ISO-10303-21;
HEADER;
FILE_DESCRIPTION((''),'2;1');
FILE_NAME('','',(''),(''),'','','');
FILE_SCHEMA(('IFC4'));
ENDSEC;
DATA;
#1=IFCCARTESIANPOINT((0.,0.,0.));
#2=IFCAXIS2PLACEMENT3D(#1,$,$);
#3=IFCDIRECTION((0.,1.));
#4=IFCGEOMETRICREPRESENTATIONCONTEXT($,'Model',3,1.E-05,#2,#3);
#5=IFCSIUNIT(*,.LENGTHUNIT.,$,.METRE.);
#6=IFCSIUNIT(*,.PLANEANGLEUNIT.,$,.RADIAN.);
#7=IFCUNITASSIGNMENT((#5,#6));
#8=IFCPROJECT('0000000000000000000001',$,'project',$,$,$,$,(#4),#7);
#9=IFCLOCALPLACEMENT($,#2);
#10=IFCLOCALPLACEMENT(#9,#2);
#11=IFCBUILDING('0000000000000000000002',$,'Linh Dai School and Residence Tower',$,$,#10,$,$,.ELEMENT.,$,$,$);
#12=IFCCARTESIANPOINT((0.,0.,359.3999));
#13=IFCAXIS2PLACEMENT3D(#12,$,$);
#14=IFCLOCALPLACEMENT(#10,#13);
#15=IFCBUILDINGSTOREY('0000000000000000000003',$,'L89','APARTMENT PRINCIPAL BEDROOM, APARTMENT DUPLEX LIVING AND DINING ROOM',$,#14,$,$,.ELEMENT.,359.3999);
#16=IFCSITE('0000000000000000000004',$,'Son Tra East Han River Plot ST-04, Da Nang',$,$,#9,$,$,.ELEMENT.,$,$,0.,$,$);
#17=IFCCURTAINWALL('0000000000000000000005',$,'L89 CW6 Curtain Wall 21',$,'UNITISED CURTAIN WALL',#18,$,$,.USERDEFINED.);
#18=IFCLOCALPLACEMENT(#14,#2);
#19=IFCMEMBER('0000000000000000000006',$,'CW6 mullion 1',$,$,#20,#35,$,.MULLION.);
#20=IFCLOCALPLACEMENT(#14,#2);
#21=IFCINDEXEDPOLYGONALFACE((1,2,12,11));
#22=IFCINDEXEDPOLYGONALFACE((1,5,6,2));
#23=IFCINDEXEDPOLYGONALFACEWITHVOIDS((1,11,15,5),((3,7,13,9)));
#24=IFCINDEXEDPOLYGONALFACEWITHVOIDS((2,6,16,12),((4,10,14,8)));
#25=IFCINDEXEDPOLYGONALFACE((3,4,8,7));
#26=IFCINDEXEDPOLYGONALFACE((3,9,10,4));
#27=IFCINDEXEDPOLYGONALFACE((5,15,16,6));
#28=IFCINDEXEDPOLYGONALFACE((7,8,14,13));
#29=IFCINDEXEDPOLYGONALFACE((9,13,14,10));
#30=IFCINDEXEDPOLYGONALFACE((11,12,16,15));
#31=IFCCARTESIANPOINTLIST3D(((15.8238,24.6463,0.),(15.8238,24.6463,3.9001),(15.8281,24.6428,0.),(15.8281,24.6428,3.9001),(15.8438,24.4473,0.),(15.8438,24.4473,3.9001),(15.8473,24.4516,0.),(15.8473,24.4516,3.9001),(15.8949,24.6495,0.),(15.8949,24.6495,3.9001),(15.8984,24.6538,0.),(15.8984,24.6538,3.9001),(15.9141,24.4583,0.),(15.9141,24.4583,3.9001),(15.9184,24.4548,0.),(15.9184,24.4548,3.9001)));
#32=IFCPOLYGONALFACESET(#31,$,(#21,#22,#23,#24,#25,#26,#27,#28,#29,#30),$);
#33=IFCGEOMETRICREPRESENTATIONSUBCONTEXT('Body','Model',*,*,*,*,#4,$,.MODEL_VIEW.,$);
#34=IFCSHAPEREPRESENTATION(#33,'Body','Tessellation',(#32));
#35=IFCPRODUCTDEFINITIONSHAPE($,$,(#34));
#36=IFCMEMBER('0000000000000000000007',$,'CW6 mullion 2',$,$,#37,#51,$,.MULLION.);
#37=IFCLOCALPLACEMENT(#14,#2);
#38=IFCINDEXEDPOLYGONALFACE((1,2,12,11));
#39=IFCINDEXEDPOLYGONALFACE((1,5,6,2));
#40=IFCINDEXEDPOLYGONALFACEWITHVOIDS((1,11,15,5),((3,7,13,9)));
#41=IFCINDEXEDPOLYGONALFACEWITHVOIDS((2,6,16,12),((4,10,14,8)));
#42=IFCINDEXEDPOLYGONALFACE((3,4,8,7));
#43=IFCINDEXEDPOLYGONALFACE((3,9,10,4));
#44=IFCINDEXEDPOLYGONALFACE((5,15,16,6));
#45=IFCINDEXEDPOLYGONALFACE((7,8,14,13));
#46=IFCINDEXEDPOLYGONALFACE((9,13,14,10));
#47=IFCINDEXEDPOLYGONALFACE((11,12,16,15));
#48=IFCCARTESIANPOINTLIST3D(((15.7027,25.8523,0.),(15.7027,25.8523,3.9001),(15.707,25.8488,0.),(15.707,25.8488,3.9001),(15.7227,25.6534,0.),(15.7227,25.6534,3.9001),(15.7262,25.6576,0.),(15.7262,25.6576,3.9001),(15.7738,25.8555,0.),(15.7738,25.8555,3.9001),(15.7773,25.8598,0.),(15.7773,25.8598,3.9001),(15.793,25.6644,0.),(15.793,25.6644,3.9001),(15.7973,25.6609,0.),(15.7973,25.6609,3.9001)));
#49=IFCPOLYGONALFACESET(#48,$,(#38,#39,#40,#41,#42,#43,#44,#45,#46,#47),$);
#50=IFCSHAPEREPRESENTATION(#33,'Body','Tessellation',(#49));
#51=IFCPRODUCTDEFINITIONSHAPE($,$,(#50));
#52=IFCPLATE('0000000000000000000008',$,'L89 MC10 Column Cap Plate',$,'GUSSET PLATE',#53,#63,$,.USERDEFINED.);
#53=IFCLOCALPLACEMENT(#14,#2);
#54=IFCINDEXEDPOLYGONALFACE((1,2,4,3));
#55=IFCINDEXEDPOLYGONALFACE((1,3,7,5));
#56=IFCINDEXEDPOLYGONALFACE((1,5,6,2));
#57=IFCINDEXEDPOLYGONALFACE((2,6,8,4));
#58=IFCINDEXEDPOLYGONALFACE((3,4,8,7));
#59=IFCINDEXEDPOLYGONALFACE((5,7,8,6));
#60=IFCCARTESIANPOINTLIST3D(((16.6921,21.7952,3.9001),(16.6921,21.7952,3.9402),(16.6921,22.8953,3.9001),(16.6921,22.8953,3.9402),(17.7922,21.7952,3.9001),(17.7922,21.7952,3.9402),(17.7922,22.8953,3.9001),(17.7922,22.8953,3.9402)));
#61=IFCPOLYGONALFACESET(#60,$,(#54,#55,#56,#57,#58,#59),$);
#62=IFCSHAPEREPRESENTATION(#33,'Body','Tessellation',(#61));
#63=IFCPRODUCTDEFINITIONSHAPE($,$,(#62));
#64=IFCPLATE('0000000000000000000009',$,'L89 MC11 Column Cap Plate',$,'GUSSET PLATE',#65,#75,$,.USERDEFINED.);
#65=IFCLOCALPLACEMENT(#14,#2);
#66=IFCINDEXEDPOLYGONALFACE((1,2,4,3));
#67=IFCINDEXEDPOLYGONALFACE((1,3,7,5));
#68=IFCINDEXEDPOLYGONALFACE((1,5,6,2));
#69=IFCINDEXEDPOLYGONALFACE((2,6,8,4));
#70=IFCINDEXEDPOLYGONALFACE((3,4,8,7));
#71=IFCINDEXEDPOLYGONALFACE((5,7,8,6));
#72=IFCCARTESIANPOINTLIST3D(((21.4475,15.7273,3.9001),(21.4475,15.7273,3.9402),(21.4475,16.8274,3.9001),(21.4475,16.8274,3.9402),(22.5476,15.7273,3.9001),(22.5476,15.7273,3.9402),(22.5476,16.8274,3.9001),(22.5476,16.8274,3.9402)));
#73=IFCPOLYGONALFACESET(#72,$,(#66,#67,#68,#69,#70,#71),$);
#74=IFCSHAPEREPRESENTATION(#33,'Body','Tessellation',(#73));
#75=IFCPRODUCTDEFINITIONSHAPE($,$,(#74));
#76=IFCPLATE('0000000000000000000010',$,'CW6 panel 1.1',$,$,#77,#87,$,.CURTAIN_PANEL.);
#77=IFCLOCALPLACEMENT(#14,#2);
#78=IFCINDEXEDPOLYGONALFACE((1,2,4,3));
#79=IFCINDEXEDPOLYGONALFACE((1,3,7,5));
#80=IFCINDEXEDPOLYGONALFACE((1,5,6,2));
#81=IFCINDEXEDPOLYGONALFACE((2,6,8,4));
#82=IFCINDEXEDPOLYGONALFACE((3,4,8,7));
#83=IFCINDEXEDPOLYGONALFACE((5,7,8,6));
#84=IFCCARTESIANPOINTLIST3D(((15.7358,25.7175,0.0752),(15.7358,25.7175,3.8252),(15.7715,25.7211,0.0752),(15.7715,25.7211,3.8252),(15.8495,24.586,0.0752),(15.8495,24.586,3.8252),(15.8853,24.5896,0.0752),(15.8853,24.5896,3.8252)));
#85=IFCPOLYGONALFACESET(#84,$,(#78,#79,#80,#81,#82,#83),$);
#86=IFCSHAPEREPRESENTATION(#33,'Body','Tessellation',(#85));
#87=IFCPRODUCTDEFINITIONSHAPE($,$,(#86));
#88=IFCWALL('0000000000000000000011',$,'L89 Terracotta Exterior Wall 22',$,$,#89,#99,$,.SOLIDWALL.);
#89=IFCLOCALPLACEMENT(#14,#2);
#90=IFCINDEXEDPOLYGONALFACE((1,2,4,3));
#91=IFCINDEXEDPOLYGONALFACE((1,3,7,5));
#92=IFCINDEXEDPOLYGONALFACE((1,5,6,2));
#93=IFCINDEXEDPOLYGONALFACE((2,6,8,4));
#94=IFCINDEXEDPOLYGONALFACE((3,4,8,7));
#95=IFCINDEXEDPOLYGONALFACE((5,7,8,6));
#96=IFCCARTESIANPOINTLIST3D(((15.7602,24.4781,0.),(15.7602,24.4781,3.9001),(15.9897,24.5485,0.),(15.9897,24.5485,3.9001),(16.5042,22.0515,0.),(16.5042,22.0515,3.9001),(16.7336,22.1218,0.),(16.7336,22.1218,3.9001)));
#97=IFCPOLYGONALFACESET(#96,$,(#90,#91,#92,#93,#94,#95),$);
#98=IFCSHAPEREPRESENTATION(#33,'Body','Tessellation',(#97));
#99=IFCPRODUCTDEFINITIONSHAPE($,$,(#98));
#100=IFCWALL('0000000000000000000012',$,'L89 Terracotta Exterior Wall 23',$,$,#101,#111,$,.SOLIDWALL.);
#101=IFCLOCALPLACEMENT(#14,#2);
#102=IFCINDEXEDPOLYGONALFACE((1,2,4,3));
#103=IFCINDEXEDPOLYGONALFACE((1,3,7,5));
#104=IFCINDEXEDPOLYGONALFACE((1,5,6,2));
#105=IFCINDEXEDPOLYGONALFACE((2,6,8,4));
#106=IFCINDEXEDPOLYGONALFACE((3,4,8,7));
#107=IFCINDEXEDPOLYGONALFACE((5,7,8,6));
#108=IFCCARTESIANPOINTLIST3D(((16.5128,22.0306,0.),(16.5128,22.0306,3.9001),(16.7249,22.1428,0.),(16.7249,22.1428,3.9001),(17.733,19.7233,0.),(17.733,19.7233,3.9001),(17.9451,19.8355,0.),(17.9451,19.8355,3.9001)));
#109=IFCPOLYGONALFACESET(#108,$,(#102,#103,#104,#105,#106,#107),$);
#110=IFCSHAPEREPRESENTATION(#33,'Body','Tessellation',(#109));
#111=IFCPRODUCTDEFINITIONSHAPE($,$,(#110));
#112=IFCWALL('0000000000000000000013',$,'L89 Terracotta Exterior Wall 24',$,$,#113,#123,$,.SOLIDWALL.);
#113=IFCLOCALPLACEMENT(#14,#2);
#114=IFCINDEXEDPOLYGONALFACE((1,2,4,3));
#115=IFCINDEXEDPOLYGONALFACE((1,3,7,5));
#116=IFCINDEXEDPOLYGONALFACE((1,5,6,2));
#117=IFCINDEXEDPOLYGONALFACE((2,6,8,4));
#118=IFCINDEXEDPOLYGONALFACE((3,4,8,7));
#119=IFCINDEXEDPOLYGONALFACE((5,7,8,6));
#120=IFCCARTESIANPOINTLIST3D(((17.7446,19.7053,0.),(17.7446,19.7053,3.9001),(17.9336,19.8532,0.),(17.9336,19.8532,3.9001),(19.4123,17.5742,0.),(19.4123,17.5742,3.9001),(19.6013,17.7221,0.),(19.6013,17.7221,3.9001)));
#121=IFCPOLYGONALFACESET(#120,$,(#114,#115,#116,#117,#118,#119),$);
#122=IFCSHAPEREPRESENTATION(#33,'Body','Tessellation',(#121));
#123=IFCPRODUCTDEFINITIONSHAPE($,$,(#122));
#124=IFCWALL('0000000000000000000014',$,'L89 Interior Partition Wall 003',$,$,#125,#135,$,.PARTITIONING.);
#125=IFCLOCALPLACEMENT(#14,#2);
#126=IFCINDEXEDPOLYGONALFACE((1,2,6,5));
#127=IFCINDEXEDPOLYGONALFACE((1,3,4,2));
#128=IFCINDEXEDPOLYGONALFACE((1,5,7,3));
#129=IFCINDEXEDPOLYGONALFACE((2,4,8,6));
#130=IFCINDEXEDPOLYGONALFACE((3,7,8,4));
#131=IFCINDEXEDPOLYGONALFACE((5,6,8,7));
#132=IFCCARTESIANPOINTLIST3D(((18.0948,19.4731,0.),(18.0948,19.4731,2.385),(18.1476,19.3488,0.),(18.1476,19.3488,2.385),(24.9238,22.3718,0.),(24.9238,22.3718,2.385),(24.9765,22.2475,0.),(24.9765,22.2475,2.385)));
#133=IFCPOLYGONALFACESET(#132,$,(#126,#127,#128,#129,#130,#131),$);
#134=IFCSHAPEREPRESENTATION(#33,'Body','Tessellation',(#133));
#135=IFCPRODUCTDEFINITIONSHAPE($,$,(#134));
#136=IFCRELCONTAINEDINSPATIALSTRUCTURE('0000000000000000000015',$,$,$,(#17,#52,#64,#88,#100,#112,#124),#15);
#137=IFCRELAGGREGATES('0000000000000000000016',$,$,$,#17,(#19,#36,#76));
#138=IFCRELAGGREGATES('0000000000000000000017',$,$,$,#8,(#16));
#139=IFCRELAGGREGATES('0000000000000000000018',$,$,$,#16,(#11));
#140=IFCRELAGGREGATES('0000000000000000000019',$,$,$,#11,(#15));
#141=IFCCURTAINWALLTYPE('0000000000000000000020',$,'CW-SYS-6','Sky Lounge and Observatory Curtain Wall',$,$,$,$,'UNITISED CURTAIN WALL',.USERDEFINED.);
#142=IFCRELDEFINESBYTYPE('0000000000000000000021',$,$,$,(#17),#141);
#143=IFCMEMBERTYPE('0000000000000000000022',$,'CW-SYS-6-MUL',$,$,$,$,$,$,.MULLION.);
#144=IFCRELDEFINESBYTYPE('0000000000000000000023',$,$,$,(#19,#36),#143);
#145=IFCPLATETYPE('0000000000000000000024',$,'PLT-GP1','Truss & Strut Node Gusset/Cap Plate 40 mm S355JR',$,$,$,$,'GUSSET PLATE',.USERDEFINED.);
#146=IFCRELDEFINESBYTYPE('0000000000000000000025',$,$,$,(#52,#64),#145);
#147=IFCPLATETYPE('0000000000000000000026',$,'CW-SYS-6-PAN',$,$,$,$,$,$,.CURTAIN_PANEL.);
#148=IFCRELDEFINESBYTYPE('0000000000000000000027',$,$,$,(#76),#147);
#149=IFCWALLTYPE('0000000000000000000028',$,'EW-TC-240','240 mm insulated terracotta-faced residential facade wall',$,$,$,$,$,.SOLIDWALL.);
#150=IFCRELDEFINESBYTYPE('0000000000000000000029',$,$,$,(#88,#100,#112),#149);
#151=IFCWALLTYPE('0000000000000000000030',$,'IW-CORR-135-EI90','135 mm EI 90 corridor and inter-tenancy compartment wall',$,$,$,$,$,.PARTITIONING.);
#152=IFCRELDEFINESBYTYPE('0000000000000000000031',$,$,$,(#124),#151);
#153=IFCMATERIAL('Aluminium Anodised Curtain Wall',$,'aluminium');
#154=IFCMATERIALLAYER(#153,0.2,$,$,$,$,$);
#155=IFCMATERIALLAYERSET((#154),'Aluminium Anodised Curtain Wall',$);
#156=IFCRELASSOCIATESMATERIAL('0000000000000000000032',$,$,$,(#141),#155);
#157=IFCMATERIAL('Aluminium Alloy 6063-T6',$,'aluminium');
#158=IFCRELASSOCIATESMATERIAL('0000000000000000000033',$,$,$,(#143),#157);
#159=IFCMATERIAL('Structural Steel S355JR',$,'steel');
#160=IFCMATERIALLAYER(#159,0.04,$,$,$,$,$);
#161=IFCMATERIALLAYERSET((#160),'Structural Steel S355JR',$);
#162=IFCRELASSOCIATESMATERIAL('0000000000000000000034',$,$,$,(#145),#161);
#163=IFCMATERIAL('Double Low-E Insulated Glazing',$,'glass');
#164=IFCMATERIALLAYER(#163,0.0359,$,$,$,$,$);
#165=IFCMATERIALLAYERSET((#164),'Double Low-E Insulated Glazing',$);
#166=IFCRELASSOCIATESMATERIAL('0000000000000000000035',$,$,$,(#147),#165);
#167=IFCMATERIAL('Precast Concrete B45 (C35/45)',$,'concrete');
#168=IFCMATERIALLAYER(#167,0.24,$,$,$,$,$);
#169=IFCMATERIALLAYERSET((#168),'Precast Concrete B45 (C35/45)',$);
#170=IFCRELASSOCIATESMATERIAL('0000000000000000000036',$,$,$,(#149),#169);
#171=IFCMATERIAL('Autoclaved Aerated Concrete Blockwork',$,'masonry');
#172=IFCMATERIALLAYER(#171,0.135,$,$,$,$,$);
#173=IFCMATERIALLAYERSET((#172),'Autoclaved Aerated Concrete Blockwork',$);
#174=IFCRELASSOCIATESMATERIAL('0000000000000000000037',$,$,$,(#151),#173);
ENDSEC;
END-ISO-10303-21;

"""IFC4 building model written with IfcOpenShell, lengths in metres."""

from ifc_helpers import new_model, si_unit, direction, frame, frame_2d, origin, origin_2d, place, context, subcontext, project, spatial, rectangle, hollow_rectangle, extrude, source, transform, mapped, material, layer, layer_set, material_profile, profile_set, type_object, element, aggregate, save


model = new_model("IFC4")

# Units and contexts
model_context = context("Model", 3, precision=1e-05, world=origin(), true_north=direction((0.0, 1.0)))
body_context = subcontext(model_context, "Body", "Model", "MODEL_VIEW")
ifc_project = project(units=[si_unit("LENGTHUNIT", "METRE"), si_unit("PLANEANGLEUNIT", "RADIAN")], contexts=[model_context])

# Site, building, storey
site_placement = place(None, origin())
site = spatial("IfcSite", under=ifc_project, at=site_placement, Name="Son Tra East Han River Plot ST-04, Da Nang", CompositionType="ELEMENT", RefElevation=0.0)
building_placement = place(site_placement, origin())
building = spatial("IfcBuilding", under=site, at=building_placement, Name="Linh Dai School and Residence Tower", CompositionType="ELEMENT")
storey_placement = place(building_placement, frame((0.0, 0.0, 359.3999)))
storey = spatial("IfcBuildingStorey", under=building, at=storey_placement, Name="L89", Description="APARTMENT PRINCIPAL BEDROOM, APARTMENT DUPLEX LIVING AND DINING ROOM", CompositionType="ELEMENT", Elevation=359.3999)

# Shared definitions
ifc_material_1 = material(Name="Structural Steel S355JR", Category="steel")

# Curtain wall, members
ifc_material_2 = material(Name="Aluminium Anodised Curtain Wall", Category="aluminium")
ifc_layer_1 = layer(ifc_material_2, 0.2)
ifc_layer_set_1 = layer_set([ifc_layer_1], Name="Aluminium Anodised Curtain Wall")
curtain_wall_type = type_object("IfcCurtainWallType", Name="CW-SYS-6", Description="Sky Lounge and Observatory Curtain Wall", ElementType="UNITISED CURTAIN WALL", PredefinedType="USERDEFINED", material=ifc_layer_set_1)
curtain_wall_placement = place(storey_placement, origin())
curtain_wall = element("IfcCurtainWall", 1, at=curtain_wall_placement, inside=storey, type_object=curtain_wall_type, Name="L89 CW6 Curtain Wall 21", ObjectType="UNITISED CURTAIN WALL", PredefinedType="USERDEFINED")
ifc_material_3 = material(Name="Aluminium Alloy 6063-T6", Category="aluminium")
ifc_material_profile_1 = material_profile(ifc_material_3, hollow_rectangle(XDim=0.075, YDim=0.2, WallThickness=0.0039, at=origin_2d()), Name="RHS 200x75x4")
ifc_profile_set_1 = profile_set([ifc_material_profile_1], Name="Aluminium Alloy 6063-T6")
member_type_1 = type_object("IfcMemberType", Name="CW-SYS-6-MUL", PredefinedType="MULLION", material=ifc_profile_set_1)
shared_shape_1 = source(origin(), body_context, "Body", "SweptSolid", [
    extrude(hollow_rectangle(XDim=0.075, YDim=0.2, WallThickness=0.0039, at=origin_2d()), origin(), (0.0, 0.0, 1.0), 3.9001),
])
member_1_placement = place(storey_placement, frame((15.8711, 24.5505, 0.0), z_axis=(0.0, 0.0, 1.0), x_axis=(-0.994988, -0.099992, 0.0)))
member_1 = element("IfcMember", 2, at=member_1_placement, type_object=member_type_1, Name="CW6 mullion 1", PredefinedType="MULLION", context=body_context, shape_type="MappedRepresentation", body=[
    mapped(shared_shape_1, transform((0.0, 0.0, 0.0), x_axis=(1.0, 0.0, 0.0), y_axis=(0.0, 1.0, 0.0), z_axis=(0.0, 0.0, 1.0), scale=1.0)),
])
member_2_placement = place(storey_placement, frame((15.75, 25.7566, 0.0), z_axis=(0.0, 0.0, 1.0), x_axis=(-0.994988, -0.099992, 0.0)))
member_2 = element("IfcMember", 3, at=member_2_placement, type_object=member_type_1, Name="CW6 mullion 2", PredefinedType="MULLION", context=body_context, shape_type="MappedRepresentation", body=[
    mapped(shared_shape_1, transform((0.0, 0.0, 0.0), x_axis=(1.0, 0.0, 0.0), y_axis=(0.0, 1.0, 0.0), z_axis=(0.0, 0.0, 1.0), scale=1.0)),
])

# Plates
ifc_layer_2 = layer(ifc_material_1, 0.04)
ifc_layer_set_2 = layer_set([ifc_layer_2], Name="Structural Steel S355JR")
plate_type_1 = type_object("IfcPlateType", Name="PLT-GP1", Description="Truss & Strut Node Gusset/Cap Plate 40 mm S355JR", ElementType="GUSSET PLATE", PredefinedType="USERDEFINED", material=ifc_layer_set_2)
shared_shape_2 = source(origin(), body_context, "Body", "SweptSolid", [
    extrude(rectangle(XDim=1.1001, YDim=1.1001, at=origin_2d()), origin(), (0.0, 0.0, 1.0), 0.04),
])
for number, where, z_axis, x_axis, name in (
    (4, (17.2422, 22.3452, 3.9001), (0.0, 0.0, 1.0), (1.0, 0.0, 0.0), "L89 MC10 Column Cap Plate"),
    (5, (21.9976, 16.2773, 3.9001), (0.0, 0.0, 1.0), (1.0, 0.0, 0.0), "L89 MC11 Column Cap Plate"),
):
    element("IfcPlate", number, at=place(storey_placement, frame(where, z_axis=z_axis, x_axis=x_axis)), inside=storey, type_object=plate_type_1, Name=name, ObjectType="GUSSET PLATE", PredefinedType="USERDEFINED", context=body_context, shape_type="MappedRepresentation", body=[
        mapped(shared_shape_2, transform((0.0, 0.0, 0.0), x_axis=(1.0, 0.0, 0.0), y_axis=(0.0, 1.0, 0.0), z_axis=(0.0, 0.0, 1.0), scale=1.0)),
    ])

# Plate
ifc_material_4 = material(Name="Double Low-E Insulated Glazing", Category="glass")
ifc_layer_3 = layer(ifc_material_4, 0.0359)
ifc_layer_set_3 = layer_set([ifc_layer_3], Name="Double Low-E Insulated Glazing")
plate_type_2 = type_object("IfcPlateType", Name="CW-SYS-6-PAN", PredefinedType="CURTAIN_PANEL", material=ifc_layer_set_3)
shared_shape_3 = source(origin(), body_context, "Body", "SweptSolid", [
    extrude(rectangle(XDim=1.1372, YDim=0.0359, at=origin_2d()), origin(), (0.0, 0.0, 1.0), 3.75),
])
plate_placement = place(storey_placement, frame((15.8105, 25.1536, 0.0752), z_axis=(0.0, 0.0, 1.0), x_axis=(-0.099992, 0.994988, 0.0)))
plate = element("IfcPlate", 6, at=plate_placement, type_object=plate_type_2, Name="CW6 panel 1.1", PredefinedType="CURTAIN_PANEL", context=body_context, shape_type="MappedRepresentation", body=[
    mapped(shared_shape_3, transform((0.0, 0.0, 0.0), x_axis=(1.0, 0.0, 0.0), y_axis=(0.0, 1.0, 0.0), z_axis=(0.0, 0.0, 1.0), scale=1.0)),
])
aggregate(curtain_wall, [member_1, member_2, plate])

# Walls
ifc_material_5 = material(Name="Precast Concrete B45 (C35/45)", Category="concrete")
ifc_layer_4 = layer(ifc_material_5, 0.24)
ifc_layer_set_4 = layer_set([ifc_layer_4], Name="Precast Concrete B45 (C35/45)")
wall_type_1 = type_object("IfcWallType", Name="EW-TC-240", Description="240 mm insulated terracotta-faced residential facade wall", PredefinedType="SOLIDWALL", material=ifc_layer_set_4)
wall_1_placement = place(storey_placement, frame((16.6189, 22.0867, 0.0), z_axis=(0.0, 0.0, 1.0), x_axis=(-0.293106, 0.95608, 0.0)))
element("IfcWall", 7, at=wall_1_placement, inside=storey, type_object=wall_type_1, Name="L89 Terracotta Exterior Wall 22", PredefinedType="SOLIDWALL", context=body_context, shape_type="SweptSolid", body=[
    extrude(rectangle(XDim=2.5381, YDim=0.24, at=frame_2d((1.269, 0.0))), origin(), (0.0, 0.0, 1.0), 3.9001),
])
wall_2_placement = place(storey_placement, frame((17.8391, 19.7793, 0.0), z_axis=(0.0, 0.0, 1.0), x_axis=(-0.467488, 0.883999, 0.0)))
element("IfcWall", 8, at=wall_2_placement, inside=storey, type_object=wall_type_1, Name="L89 Terracotta Exterior Wall 23", PredefinedType="SOLIDWALL", context=body_context, shape_type="SweptSolid", body=[
    extrude(rectangle(XDim=2.6101, YDim=0.24, at=frame_2d((1.3052, 0.0))), origin(), (0.0, 0.0, 1.0), 3.9001),
])
wall_3_placement = place(storey_placement, frame((19.5068, 17.6482, 0.0), z_axis=(0.0, 0.0, 1.0), x_axis=(-0.616286, 0.787522, 0.0)))
element("IfcWall", 9, at=wall_3_placement, inside=storey, type_object=wall_type_1, Name="L89 Terracotta Exterior Wall 24", PredefinedType="SOLIDWALL", context=body_context, shape_type="SweptSolid", body=[
    extrude(rectangle(XDim=2.7061, YDim=0.24, at=frame_2d((1.353, 0.0))), origin(), (0.0, 0.0, 1.0), 3.9001),
])
ifc_material_6 = material(Name="Autoclaved Aerated Concrete Blockwork", Category="masonry")
ifc_layer_5 = layer(ifc_material_6, 0.135)
ifc_layer_set_5 = layer_set([ifc_layer_5], Name="Autoclaved Aerated Concrete Blockwork")
wall_type_2 = type_object("IfcWallType", Name="IW-CORR-135-EI90", Description="135 mm EI 90 corridor and inter-tenancy compartment wall", PredefinedType="PARTITIONING", material=ifc_layer_set_5)
wall_4_placement = place(storey_placement, frame((18.1211, 19.4109, 0.0), z_axis=(0.0, 0.0, 1.0), x_axis=(0.920505, 0.390732, 0.0)))
element("IfcWall", 10, at=wall_4_placement, inside=storey, type_object=wall_type_2, Name="L89 Interior Partition Wall 003", PredefinedType="PARTITIONING", context=body_context, shape_type="SweptSolid", body=[
    extrude(rectangle(XDim=7.4187, YDim=0.135, at=frame_2d((3.7095, 0.0))), origin(), (0.0, 0.0, 1.0), 2.385),
])

save(model, "model.ifc")
